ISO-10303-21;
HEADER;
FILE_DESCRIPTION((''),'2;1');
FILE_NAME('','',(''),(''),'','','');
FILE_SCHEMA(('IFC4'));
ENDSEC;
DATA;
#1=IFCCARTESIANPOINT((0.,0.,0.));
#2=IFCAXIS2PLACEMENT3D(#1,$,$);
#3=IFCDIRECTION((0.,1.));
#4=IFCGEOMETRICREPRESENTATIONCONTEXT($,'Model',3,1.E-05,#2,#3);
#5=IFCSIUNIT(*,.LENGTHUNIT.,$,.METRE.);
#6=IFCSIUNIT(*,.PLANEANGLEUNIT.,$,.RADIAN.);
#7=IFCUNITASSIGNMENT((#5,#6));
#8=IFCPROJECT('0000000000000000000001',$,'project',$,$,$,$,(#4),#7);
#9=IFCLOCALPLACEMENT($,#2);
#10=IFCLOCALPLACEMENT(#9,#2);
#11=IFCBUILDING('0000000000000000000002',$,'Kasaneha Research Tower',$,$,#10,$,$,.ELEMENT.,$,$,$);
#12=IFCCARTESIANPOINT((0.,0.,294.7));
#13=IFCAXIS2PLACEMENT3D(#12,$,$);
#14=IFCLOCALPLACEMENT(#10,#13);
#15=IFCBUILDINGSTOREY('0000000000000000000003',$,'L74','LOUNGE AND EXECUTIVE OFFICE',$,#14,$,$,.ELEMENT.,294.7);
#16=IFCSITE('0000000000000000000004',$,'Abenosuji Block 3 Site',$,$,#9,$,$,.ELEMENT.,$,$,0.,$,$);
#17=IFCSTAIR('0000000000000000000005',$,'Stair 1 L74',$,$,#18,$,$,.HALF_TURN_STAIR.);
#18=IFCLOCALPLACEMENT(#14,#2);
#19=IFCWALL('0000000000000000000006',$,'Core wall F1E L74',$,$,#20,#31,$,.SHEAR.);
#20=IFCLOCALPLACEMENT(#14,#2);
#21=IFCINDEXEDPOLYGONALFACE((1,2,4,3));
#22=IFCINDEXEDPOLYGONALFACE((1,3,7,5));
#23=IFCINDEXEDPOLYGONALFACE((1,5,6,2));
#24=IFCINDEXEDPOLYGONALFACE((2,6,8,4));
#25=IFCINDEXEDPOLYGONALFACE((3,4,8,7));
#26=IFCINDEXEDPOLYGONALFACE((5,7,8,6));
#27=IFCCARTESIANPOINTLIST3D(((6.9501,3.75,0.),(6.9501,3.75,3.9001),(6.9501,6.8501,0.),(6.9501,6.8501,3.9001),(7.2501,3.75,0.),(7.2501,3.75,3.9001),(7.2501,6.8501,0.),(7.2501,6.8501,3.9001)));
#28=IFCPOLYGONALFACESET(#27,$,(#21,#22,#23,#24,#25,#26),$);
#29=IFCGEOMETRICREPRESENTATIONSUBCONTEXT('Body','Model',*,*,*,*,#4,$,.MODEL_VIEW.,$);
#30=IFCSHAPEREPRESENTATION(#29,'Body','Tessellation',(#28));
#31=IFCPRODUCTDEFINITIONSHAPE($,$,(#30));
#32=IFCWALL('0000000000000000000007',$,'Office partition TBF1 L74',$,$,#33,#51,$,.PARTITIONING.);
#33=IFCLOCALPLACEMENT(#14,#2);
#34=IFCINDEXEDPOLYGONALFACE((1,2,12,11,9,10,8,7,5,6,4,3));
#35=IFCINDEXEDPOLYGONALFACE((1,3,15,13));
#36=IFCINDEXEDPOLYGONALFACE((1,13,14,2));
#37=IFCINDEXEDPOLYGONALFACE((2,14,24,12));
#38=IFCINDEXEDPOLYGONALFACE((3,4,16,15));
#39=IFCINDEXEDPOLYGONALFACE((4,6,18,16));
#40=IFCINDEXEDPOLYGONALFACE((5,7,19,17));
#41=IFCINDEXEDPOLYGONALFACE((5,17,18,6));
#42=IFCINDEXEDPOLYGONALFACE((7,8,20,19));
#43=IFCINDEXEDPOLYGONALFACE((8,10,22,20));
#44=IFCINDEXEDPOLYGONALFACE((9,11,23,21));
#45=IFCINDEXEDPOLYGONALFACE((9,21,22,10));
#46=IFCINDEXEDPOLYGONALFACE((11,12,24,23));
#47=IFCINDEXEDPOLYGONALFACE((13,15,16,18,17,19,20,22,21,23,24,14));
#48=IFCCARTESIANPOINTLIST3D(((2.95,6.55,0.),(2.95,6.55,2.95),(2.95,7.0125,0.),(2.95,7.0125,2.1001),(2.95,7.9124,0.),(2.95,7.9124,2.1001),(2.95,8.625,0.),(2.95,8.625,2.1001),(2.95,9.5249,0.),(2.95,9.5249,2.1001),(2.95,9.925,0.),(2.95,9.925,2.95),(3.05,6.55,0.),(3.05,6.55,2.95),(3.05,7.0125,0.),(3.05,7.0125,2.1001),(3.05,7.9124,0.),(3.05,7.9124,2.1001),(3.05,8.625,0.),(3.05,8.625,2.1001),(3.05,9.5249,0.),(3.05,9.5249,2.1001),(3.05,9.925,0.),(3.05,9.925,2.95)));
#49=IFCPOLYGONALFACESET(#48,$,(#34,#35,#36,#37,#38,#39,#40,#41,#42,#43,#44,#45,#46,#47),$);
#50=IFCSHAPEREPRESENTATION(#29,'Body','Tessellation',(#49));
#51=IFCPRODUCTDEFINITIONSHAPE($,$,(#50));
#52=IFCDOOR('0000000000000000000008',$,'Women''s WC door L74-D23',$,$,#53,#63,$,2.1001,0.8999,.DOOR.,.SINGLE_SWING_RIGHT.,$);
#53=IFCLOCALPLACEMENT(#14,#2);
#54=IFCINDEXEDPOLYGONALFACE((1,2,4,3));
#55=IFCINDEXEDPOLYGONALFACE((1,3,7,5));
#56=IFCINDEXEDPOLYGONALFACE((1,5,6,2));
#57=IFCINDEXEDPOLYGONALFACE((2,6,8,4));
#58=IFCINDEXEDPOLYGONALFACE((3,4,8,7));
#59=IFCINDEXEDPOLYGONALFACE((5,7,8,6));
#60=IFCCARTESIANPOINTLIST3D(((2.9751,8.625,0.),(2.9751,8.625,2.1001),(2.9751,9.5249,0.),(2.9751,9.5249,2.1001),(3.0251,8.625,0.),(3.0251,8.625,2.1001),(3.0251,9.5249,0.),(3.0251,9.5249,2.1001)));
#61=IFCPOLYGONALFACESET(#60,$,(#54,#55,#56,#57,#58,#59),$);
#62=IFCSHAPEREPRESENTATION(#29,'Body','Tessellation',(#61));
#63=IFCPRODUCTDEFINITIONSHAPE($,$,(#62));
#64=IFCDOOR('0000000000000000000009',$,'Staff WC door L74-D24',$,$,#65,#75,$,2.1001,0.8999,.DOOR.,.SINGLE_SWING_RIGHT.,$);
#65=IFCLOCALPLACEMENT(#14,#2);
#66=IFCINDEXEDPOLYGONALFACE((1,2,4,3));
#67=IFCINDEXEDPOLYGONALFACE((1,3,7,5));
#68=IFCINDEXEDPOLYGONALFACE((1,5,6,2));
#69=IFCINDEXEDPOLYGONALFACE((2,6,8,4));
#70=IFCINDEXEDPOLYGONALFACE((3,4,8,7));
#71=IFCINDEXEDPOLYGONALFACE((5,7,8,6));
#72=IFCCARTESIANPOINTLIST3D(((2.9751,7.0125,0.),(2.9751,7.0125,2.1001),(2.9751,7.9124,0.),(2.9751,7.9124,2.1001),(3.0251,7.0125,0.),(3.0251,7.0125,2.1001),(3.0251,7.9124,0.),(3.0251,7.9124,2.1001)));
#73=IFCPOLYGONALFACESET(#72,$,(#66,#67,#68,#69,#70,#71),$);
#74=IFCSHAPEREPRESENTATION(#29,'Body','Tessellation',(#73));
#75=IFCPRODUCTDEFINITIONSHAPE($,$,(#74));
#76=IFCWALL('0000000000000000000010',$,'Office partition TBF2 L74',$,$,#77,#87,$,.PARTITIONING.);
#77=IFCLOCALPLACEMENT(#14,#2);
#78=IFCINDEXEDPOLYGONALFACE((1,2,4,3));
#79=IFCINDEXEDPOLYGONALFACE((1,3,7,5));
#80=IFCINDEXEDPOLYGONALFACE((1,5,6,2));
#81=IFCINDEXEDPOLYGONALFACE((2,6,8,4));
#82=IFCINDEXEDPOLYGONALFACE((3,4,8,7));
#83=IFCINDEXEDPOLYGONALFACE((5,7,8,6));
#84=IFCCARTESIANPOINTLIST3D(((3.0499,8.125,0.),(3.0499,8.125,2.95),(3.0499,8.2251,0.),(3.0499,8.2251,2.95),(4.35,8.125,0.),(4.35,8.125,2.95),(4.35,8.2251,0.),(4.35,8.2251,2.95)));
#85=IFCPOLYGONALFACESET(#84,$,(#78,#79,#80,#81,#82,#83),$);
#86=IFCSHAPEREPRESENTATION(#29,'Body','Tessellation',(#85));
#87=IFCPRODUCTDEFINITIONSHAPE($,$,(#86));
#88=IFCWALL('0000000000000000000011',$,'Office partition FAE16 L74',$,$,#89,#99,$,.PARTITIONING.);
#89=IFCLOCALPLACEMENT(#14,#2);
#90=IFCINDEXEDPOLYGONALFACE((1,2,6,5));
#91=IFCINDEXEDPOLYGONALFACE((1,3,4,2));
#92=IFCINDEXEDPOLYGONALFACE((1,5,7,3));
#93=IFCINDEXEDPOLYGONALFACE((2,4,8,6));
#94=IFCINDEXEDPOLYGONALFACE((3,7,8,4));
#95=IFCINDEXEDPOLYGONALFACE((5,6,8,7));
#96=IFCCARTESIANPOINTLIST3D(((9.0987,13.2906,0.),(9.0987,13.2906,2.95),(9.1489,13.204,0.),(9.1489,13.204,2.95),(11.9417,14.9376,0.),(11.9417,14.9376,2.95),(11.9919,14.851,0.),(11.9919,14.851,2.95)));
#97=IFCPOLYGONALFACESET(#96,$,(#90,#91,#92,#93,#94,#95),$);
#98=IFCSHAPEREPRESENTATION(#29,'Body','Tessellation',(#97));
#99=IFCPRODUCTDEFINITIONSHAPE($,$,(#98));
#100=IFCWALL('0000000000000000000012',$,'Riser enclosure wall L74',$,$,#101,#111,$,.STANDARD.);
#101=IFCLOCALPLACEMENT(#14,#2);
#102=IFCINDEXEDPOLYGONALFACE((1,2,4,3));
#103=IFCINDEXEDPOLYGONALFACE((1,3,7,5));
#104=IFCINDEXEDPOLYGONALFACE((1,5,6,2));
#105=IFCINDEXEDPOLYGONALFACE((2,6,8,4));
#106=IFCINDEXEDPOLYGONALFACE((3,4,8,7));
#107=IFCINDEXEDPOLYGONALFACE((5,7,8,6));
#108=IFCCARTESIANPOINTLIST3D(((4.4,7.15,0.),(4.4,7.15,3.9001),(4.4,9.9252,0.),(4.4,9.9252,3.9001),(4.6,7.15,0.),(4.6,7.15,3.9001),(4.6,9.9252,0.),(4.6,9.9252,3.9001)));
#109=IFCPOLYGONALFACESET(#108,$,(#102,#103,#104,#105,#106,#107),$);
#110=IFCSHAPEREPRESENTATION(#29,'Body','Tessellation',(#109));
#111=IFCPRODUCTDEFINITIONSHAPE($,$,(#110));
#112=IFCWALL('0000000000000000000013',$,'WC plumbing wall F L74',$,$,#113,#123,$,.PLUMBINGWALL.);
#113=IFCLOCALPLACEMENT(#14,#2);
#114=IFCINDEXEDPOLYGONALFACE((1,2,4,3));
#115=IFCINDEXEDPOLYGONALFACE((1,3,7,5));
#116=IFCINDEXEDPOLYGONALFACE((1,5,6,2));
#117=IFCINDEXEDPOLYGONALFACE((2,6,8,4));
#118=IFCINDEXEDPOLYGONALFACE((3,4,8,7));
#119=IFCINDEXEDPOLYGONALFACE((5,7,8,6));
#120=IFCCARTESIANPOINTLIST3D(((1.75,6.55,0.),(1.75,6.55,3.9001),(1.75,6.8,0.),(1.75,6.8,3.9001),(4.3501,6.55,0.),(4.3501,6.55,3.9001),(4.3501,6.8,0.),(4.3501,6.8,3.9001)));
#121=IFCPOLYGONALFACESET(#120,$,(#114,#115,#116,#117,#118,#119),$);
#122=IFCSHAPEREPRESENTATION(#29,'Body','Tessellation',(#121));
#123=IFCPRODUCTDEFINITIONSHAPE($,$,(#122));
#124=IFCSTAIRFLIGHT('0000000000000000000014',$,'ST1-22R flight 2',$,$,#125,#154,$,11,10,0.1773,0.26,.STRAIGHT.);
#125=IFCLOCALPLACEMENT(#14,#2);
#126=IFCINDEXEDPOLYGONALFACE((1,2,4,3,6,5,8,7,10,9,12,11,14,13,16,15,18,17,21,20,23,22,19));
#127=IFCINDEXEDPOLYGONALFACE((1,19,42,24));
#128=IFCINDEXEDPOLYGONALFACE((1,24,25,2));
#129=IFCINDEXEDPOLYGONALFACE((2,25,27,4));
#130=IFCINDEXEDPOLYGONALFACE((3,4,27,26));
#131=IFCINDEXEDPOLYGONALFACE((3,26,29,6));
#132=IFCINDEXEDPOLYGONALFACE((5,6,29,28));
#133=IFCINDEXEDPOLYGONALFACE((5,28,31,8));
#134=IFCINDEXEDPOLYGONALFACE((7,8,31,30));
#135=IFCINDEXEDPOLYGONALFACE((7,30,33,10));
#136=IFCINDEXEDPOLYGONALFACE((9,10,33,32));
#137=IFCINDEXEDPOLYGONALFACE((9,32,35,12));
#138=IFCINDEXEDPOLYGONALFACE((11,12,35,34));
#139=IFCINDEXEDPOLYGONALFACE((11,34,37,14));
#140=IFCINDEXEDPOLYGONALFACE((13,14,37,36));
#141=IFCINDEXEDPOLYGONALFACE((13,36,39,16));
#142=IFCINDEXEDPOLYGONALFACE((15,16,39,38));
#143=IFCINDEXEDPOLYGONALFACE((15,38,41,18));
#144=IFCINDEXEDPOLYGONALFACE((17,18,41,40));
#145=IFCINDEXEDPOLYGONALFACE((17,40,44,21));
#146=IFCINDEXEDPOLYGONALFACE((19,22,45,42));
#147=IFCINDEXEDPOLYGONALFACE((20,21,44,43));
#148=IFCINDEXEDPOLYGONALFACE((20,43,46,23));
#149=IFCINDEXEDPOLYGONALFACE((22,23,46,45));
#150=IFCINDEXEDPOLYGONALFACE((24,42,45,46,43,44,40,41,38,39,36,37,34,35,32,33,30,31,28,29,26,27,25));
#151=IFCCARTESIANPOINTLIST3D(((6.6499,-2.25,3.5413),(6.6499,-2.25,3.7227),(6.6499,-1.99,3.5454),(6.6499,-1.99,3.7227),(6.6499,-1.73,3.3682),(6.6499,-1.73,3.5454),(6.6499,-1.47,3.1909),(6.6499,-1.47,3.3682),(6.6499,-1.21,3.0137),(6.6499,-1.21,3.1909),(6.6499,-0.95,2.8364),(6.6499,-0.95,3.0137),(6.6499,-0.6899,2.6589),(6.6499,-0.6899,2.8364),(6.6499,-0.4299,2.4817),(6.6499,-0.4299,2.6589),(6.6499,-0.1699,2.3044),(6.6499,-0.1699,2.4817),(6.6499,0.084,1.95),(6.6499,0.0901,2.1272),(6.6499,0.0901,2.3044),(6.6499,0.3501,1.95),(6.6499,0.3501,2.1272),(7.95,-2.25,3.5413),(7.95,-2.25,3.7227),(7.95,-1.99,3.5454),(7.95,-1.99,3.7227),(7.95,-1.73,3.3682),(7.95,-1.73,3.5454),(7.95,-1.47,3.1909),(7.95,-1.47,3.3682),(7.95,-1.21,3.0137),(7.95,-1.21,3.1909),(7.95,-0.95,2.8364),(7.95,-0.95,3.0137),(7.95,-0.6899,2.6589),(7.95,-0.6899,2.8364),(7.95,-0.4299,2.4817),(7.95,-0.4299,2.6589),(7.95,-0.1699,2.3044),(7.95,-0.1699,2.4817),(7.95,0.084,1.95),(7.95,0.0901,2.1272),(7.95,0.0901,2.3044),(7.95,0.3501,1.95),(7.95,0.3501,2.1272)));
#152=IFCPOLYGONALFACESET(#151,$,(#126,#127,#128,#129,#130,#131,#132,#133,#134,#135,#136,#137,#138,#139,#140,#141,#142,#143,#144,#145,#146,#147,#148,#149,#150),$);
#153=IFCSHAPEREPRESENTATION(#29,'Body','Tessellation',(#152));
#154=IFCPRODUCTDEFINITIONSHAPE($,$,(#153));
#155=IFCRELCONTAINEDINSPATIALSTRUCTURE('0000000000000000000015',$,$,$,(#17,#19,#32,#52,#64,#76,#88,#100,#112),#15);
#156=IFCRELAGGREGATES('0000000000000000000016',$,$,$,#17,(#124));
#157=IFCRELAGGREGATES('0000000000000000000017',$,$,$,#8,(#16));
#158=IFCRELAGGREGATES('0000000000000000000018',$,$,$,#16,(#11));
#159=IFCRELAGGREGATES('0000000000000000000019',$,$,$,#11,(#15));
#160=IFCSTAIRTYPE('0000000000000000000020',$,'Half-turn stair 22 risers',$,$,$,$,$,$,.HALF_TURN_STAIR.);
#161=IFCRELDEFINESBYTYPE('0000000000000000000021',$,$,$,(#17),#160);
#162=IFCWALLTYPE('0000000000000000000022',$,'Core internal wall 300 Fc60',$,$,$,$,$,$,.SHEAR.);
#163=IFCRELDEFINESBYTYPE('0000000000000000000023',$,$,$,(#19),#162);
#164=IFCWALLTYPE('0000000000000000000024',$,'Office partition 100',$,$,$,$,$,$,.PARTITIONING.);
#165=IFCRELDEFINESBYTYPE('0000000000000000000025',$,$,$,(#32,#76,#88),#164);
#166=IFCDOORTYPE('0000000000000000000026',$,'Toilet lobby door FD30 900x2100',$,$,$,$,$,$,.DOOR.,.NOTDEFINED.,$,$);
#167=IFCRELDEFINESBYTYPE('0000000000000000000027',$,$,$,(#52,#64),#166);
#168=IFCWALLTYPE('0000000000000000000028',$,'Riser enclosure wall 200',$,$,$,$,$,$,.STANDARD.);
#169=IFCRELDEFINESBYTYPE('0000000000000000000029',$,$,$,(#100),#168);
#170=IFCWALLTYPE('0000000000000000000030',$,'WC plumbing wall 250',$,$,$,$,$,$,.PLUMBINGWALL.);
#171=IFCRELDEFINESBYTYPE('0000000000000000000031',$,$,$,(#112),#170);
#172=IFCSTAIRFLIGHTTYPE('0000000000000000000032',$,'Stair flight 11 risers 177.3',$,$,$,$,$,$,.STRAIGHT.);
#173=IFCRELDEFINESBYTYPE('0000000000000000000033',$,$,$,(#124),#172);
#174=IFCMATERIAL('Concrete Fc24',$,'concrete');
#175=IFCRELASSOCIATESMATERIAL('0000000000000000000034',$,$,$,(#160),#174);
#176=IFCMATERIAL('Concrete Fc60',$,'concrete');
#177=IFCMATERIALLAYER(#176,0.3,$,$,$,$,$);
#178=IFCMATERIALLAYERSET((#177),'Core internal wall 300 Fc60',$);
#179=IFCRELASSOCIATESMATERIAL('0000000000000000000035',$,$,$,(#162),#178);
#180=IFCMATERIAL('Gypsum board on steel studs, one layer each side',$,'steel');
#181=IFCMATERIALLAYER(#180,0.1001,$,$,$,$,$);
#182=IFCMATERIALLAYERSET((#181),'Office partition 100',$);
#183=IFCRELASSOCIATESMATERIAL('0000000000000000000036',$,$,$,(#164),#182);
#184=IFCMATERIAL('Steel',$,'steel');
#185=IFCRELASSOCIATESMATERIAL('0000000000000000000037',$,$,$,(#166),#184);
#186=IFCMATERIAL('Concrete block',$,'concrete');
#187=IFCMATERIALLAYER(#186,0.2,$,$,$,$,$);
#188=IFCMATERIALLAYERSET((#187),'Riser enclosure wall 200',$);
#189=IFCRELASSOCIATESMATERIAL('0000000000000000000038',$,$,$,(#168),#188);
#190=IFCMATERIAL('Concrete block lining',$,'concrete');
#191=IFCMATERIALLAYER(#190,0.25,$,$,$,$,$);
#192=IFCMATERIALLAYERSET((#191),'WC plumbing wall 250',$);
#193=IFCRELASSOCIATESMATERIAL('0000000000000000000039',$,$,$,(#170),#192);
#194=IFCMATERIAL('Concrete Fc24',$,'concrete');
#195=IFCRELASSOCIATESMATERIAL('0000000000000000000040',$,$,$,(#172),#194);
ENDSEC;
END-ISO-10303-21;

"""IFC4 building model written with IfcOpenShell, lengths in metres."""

from ifc_helpers import new_model, si_unit, direction, frame, frame_2d, origin, place, context, subcontext, project, spatial, polyline, rectangle, outline, extrude, material, layer, layer_set, type_object, element, fill, aggregate, save


model = new_model("IFC4")

# Units and contexts
model_context = context("Model", 3, precision=1e-05, world=origin(), true_north=direction((0.0, 1.0)))
body_context = subcontext(model_context, "Body", "Model", "MODEL_VIEW")
ifc_project = project(units=[si_unit("LENGTHUNIT", "METRE"), si_unit("PLANEANGLEUNIT", "RADIAN")], contexts=[model_context])

# Site, building, storey
site_placement = place(None, origin())
site = spatial("IfcSite", under=ifc_project, at=site_placement, Name="Abenosuji Block 3 Site", CompositionType="ELEMENT", RefElevation=0.0)
building_placement = place(site_placement, origin())
building = spatial("IfcBuilding", under=site, at=building_placement, Name="Kasaneha Research Tower", CompositionType="ELEMENT")
storey_placement = place(building_placement, frame((0.0, 0.0, 294.7)))
storey = spatial("IfcBuildingStorey", under=building, at=storey_placement, Name="L74", Description="LOUNGE AND EXECUTIVE OFFICE", CompositionType="ELEMENT", Elevation=294.7)

# Stair
ifc_material_1 = material(Name="Concrete Fc24", Category="concrete")
stair_type = type_object("IfcStairType", Name="Half-turn stair 22 risers", PredefinedType="HALF_TURN_STAIR", material=ifc_material_1)
stair_1_placement = place(storey_placement, origin())
stair_1 = element("IfcStair", 1, at=stair_1_placement, inside=storey, type_object=stair_type, Name="Stair 1 L74", PredefinedType="HALF_TURN_STAIR")

# Shared definitions
ifc_material_2 = material(Name="Concrete Fc60", Category="concrete")
ifc_layer_1 = layer(ifc_material_2, 0.3)
ifc_layer_set_1 = layer_set([ifc_layer_1], Name="Core internal wall 300 Fc60")
wall_type_1 = type_object("IfcWallType", Name="Core internal wall 300 Fc60", PredefinedType="SHEAR", material=ifc_layer_set_1)

# Wall
wall_1_placement = place(storey_placement, frame((7.1001, 3.75, 0.0), z_axis=(0.0, 0.0, 1.0), x_axis=(0.0, 1.0, 0.0)))
element("IfcWall", 2, at=wall_1_placement, inside=storey, type_object=wall_type_1, Name="Core wall F1E L74", PredefinedType="SHEAR", context=body_context, shape_type="SweptSolid", body=[
    extrude(rectangle(XDim=3.1001, YDim=0.3, at=frame_2d((1.55, 0.0))), origin(), (0.0, 0.0, 1.0), 3.9001),
])

# Wall, openings, doors
ifc_material_3 = material(Name="Gypsum board on steel studs, one layer each side", Category="steel")
ifc_layer_2 = layer(ifc_material_3, 0.1001)
ifc_layer_set_2 = layer_set([ifc_layer_2], Name="Office partition 100")
wall_type_2 = type_object("IfcWallType", Name="Office partition 100", PredefinedType="PARTITIONING", material=ifc_layer_set_2)
wall_2_placement = place(storey_placement, frame((3.0, 6.55, 0.0), z_axis=(0.0, 0.0, 1.0), x_axis=(0.0, 1.0, 0.0)))
wall_2 = element("IfcWall", 3, at=wall_2_placement, inside=storey, type_object=wall_type_2, Name="Office partition TBF1 L74", PredefinedType="PARTITIONING", context=body_context, shape_type="SweptSolid", body=[
    extrude(rectangle(XDim=3.375, YDim=0.1001, at=frame_2d((1.6875, 0.0))), origin(), (0.0, 0.0, 1.0), 2.95),
])
opening_1_placement = place(wall_2_placement, frame((2.075, 0.0, 0.0)))
opening_1 = element("IfcOpeningElement", 4, at=opening_1_placement, cuts=wall_2, PredefinedType="OPENING", context=body_context, shape_type="SweptSolid", body=[
    extrude(rectangle(XDim=0.8999, YDim=2.1001, at=frame_2d((0.45, 1.05))), frame((0.0, 0.0601, 0.0), z_axis=(0.0, -1.0, 0.0), x_axis=(1.0, 0.0, 0.0)), (0.0, 0.0, 1.0), 0.1201),
])
opening_2_placement = place(wall_2_placement, frame((0.4624, 0.0, 0.0)))
opening_2 = element("IfcOpeningElement", 5, at=opening_2_placement, cuts=wall_2, PredefinedType="OPENING", context=body_context, shape_type="SweptSolid", body=[
    extrude(rectangle(XDim=0.8999, YDim=2.1001, at=frame_2d((0.45, 1.05))), frame((0.0, 0.0601, 0.0), z_axis=(0.0, -1.0, 0.0), x_axis=(1.0, 0.0, 0.0)), (0.0, 0.0, 1.0), 0.1201),
])
ifc_material_4 = material(Name="Steel", Category="steel")
door_type_1 = type_object("IfcDoorType", Name="Toilet lobby door FD30 900x2100", OperationType="NOTDEFINED", PredefinedType="DOOR", material=ifc_material_4)
door_1_placement = place(opening_1_placement, origin())
door_1 = element("IfcDoor", 6, at=door_1_placement, inside=storey, type_object=door_type_1, Name="Women's WC door L74-D23", OperationType="SINGLE_SWING_RIGHT", OverallHeight=2.1001, OverallWidth=0.8999, PredefinedType="DOOR", context=body_context, shape_type="SweptSolid", body=[
    extrude(rectangle(XDim=0.8999, YDim=2.1001, at=frame_2d((0.45, 1.05))), frame((0.0, 0.0249, 0.0), z_axis=(0.0, -1.0, 0.0), x_axis=(1.0, 0.0, 0.0)), (0.0, 0.0, 1.0), 0.05),
])
fill(opening_1, door_1)
door_2_placement = place(opening_2_placement, origin())
door_2 = element("IfcDoor", 7, at=door_2_placement, inside=storey, type_object=door_type_1, Name="Staff WC door L74-D24", OperationType="SINGLE_SWING_RIGHT", OverallHeight=2.1001, OverallWidth=0.8999, PredefinedType="DOOR", context=body_context, shape_type="SweptSolid", body=[
    extrude(rectangle(XDim=0.8999, YDim=2.1001, at=frame_2d((0.45, 1.05))), frame((0.0, 0.0249, 0.0), z_axis=(0.0, -1.0, 0.0), x_axis=(1.0, 0.0, 0.0)), (0.0, 0.0, 1.0), 0.05),
])
fill(opening_2, door_2)

# Walls
wall_3_placement = place(storey_placement, frame((3.05, 8.175, 0.0), z_axis=(0.0, 0.0, 1.0), x_axis=(1.0, 0.0, 0.0)))
element("IfcWall", 8, at=wall_3_placement, inside=storey, type_object=wall_type_2, Name="Office partition TBF2 L74", PredefinedType="PARTITIONING", context=body_context, shape_type="SweptSolid", body=[
    extrude(rectangle(XDim=1.3, YDim=0.1001, at=frame_2d((0.6499, 0.0))), origin(), (0.0, 0.0, 1.0), 2.95),
])
wall_4_placement = place(storey_placement, frame((9.1238, 13.2473, 0.0), z_axis=(0.0, 0.0, 1.0), x_axis=(0.865292, 0.501268, 0.0)))
element("IfcWall", 9, at=wall_4_placement, inside=storey, type_object=wall_type_2, Name="Office partition FAE16 L74", PredefinedType="PARTITIONING", context=body_context, shape_type="SweptSolid", body=[
    extrude(rectangle(XDim=3.2856, YDim=0.1001, at=frame_2d((1.6428, 0.0))), origin(), (0.0, 0.0, 1.0), 2.95),
])
ifc_material_5 = material(Name="Concrete block", Category="concrete")
ifc_layer_3 = layer(ifc_material_5, 0.2)
ifc_layer_set_3 = layer_set([ifc_layer_3], Name="Riser enclosure wall 200")
wall_type_3 = type_object("IfcWallType", Name="Riser enclosure wall 200", PredefinedType="STANDARD", material=ifc_layer_set_3)
wall_5_placement = place(storey_placement, frame((4.5, 7.1499, 0.0), z_axis=(0.0, 0.0, 1.0), x_axis=(0.0, 1.0, 0.0)))
element("IfcWall", 10, at=wall_5_placement, inside=storey, type_object=wall_type_3, Name="Riser enclosure wall L74", PredefinedType="STANDARD", context=body_context, shape_type="SweptSolid", body=[
    extrude(rectangle(XDim=2.7751, YDim=0.2, at=frame_2d((1.3877, 0.0))), origin(), (0.0, 0.0, 1.0), 3.9001),
])
ifc_material_6 = material(Name="Concrete block lining", Category="concrete")
ifc_layer_4 = layer(ifc_material_6, 0.25)
ifc_layer_set_4 = layer_set([ifc_layer_4], Name="WC plumbing wall 250")
wall_type_4 = type_object("IfcWallType", Name="WC plumbing wall 250", PredefinedType="PLUMBINGWALL", material=ifc_layer_set_4)
wall_6_placement = place(storey_placement, frame((1.75, 6.675, 0.0), z_axis=(0.0, 0.0, 1.0), x_axis=(1.0, 0.0, 0.0)))
element("IfcWall", 11, at=wall_6_placement, inside=storey, type_object=wall_type_4, Name="WC plumbing wall F L74", PredefinedType="PLUMBINGWALL", context=body_context, shape_type="SweptSolid", body=[
    extrude(rectangle(XDim=2.6001, YDim=0.25, at=frame_2d((1.3, 0.0))), origin(), (0.0, 0.0, 1.0), 3.9001),
])

# Stair flight
ifc_material_7 = material(Name="Concrete Fc24", Category="concrete")
stair_flight_type = type_object("IfcStairFlightType", Name="Stair flight 11 risers 177.3", PredefinedType="STRAIGHT", material=ifc_material_7)
stair_flight_placement = place(storey_placement, frame((7.3, 0.3501, 1.95), z_axis=(0.0, 0.0, 1.0), x_axis=(0.0, -1.0, 0.0)))
stair_flight = element("IfcStairFlight", 12, at=stair_flight_placement, type_object=stair_flight_type, Name="ST1-22R flight 2", NumberOfRisers=11, NumberOfTreads=10, PredefinedType="STRAIGHT", RiserHeight=0.1773, TreadLength=0.26, context=body_context, shape_type="SweptSolid", body=[
    extrude(outline(polyline([(0.0, 0.0), (0.0, 0.1772), (0.26, 0.1772), (0.26, 0.3545), (0.52, 0.3545), (0.52, 0.5317), (0.78, 0.5317), (0.78, 0.709), (1.04, 0.709), (1.04, 0.8865), (1.3, 0.8865), (1.3, 1.0637), (1.5601, 1.0637), (1.5601, 1.241), (1.8201, 1.241), (1.8201, 1.4182), (2.0801, 1.4182), (2.0801, 1.5955), (2.3401, 1.5955), (2.3401, 1.7727), (2.6001, 1.7727), (2.6001, 1.95), (2.6001, 1.5913), (0.2661, 0.0), (0.0, 0.0)])), frame((0.0, 0.6499, 0.0), z_axis=(0.0, -1.0, 0.0), x_axis=(1.0, 0.0, 0.0)), (0.0, 0.0, 1.0), 1.3),
])
aggregate(stair_1, [stair_flight])

save(model, "model.ifc")
